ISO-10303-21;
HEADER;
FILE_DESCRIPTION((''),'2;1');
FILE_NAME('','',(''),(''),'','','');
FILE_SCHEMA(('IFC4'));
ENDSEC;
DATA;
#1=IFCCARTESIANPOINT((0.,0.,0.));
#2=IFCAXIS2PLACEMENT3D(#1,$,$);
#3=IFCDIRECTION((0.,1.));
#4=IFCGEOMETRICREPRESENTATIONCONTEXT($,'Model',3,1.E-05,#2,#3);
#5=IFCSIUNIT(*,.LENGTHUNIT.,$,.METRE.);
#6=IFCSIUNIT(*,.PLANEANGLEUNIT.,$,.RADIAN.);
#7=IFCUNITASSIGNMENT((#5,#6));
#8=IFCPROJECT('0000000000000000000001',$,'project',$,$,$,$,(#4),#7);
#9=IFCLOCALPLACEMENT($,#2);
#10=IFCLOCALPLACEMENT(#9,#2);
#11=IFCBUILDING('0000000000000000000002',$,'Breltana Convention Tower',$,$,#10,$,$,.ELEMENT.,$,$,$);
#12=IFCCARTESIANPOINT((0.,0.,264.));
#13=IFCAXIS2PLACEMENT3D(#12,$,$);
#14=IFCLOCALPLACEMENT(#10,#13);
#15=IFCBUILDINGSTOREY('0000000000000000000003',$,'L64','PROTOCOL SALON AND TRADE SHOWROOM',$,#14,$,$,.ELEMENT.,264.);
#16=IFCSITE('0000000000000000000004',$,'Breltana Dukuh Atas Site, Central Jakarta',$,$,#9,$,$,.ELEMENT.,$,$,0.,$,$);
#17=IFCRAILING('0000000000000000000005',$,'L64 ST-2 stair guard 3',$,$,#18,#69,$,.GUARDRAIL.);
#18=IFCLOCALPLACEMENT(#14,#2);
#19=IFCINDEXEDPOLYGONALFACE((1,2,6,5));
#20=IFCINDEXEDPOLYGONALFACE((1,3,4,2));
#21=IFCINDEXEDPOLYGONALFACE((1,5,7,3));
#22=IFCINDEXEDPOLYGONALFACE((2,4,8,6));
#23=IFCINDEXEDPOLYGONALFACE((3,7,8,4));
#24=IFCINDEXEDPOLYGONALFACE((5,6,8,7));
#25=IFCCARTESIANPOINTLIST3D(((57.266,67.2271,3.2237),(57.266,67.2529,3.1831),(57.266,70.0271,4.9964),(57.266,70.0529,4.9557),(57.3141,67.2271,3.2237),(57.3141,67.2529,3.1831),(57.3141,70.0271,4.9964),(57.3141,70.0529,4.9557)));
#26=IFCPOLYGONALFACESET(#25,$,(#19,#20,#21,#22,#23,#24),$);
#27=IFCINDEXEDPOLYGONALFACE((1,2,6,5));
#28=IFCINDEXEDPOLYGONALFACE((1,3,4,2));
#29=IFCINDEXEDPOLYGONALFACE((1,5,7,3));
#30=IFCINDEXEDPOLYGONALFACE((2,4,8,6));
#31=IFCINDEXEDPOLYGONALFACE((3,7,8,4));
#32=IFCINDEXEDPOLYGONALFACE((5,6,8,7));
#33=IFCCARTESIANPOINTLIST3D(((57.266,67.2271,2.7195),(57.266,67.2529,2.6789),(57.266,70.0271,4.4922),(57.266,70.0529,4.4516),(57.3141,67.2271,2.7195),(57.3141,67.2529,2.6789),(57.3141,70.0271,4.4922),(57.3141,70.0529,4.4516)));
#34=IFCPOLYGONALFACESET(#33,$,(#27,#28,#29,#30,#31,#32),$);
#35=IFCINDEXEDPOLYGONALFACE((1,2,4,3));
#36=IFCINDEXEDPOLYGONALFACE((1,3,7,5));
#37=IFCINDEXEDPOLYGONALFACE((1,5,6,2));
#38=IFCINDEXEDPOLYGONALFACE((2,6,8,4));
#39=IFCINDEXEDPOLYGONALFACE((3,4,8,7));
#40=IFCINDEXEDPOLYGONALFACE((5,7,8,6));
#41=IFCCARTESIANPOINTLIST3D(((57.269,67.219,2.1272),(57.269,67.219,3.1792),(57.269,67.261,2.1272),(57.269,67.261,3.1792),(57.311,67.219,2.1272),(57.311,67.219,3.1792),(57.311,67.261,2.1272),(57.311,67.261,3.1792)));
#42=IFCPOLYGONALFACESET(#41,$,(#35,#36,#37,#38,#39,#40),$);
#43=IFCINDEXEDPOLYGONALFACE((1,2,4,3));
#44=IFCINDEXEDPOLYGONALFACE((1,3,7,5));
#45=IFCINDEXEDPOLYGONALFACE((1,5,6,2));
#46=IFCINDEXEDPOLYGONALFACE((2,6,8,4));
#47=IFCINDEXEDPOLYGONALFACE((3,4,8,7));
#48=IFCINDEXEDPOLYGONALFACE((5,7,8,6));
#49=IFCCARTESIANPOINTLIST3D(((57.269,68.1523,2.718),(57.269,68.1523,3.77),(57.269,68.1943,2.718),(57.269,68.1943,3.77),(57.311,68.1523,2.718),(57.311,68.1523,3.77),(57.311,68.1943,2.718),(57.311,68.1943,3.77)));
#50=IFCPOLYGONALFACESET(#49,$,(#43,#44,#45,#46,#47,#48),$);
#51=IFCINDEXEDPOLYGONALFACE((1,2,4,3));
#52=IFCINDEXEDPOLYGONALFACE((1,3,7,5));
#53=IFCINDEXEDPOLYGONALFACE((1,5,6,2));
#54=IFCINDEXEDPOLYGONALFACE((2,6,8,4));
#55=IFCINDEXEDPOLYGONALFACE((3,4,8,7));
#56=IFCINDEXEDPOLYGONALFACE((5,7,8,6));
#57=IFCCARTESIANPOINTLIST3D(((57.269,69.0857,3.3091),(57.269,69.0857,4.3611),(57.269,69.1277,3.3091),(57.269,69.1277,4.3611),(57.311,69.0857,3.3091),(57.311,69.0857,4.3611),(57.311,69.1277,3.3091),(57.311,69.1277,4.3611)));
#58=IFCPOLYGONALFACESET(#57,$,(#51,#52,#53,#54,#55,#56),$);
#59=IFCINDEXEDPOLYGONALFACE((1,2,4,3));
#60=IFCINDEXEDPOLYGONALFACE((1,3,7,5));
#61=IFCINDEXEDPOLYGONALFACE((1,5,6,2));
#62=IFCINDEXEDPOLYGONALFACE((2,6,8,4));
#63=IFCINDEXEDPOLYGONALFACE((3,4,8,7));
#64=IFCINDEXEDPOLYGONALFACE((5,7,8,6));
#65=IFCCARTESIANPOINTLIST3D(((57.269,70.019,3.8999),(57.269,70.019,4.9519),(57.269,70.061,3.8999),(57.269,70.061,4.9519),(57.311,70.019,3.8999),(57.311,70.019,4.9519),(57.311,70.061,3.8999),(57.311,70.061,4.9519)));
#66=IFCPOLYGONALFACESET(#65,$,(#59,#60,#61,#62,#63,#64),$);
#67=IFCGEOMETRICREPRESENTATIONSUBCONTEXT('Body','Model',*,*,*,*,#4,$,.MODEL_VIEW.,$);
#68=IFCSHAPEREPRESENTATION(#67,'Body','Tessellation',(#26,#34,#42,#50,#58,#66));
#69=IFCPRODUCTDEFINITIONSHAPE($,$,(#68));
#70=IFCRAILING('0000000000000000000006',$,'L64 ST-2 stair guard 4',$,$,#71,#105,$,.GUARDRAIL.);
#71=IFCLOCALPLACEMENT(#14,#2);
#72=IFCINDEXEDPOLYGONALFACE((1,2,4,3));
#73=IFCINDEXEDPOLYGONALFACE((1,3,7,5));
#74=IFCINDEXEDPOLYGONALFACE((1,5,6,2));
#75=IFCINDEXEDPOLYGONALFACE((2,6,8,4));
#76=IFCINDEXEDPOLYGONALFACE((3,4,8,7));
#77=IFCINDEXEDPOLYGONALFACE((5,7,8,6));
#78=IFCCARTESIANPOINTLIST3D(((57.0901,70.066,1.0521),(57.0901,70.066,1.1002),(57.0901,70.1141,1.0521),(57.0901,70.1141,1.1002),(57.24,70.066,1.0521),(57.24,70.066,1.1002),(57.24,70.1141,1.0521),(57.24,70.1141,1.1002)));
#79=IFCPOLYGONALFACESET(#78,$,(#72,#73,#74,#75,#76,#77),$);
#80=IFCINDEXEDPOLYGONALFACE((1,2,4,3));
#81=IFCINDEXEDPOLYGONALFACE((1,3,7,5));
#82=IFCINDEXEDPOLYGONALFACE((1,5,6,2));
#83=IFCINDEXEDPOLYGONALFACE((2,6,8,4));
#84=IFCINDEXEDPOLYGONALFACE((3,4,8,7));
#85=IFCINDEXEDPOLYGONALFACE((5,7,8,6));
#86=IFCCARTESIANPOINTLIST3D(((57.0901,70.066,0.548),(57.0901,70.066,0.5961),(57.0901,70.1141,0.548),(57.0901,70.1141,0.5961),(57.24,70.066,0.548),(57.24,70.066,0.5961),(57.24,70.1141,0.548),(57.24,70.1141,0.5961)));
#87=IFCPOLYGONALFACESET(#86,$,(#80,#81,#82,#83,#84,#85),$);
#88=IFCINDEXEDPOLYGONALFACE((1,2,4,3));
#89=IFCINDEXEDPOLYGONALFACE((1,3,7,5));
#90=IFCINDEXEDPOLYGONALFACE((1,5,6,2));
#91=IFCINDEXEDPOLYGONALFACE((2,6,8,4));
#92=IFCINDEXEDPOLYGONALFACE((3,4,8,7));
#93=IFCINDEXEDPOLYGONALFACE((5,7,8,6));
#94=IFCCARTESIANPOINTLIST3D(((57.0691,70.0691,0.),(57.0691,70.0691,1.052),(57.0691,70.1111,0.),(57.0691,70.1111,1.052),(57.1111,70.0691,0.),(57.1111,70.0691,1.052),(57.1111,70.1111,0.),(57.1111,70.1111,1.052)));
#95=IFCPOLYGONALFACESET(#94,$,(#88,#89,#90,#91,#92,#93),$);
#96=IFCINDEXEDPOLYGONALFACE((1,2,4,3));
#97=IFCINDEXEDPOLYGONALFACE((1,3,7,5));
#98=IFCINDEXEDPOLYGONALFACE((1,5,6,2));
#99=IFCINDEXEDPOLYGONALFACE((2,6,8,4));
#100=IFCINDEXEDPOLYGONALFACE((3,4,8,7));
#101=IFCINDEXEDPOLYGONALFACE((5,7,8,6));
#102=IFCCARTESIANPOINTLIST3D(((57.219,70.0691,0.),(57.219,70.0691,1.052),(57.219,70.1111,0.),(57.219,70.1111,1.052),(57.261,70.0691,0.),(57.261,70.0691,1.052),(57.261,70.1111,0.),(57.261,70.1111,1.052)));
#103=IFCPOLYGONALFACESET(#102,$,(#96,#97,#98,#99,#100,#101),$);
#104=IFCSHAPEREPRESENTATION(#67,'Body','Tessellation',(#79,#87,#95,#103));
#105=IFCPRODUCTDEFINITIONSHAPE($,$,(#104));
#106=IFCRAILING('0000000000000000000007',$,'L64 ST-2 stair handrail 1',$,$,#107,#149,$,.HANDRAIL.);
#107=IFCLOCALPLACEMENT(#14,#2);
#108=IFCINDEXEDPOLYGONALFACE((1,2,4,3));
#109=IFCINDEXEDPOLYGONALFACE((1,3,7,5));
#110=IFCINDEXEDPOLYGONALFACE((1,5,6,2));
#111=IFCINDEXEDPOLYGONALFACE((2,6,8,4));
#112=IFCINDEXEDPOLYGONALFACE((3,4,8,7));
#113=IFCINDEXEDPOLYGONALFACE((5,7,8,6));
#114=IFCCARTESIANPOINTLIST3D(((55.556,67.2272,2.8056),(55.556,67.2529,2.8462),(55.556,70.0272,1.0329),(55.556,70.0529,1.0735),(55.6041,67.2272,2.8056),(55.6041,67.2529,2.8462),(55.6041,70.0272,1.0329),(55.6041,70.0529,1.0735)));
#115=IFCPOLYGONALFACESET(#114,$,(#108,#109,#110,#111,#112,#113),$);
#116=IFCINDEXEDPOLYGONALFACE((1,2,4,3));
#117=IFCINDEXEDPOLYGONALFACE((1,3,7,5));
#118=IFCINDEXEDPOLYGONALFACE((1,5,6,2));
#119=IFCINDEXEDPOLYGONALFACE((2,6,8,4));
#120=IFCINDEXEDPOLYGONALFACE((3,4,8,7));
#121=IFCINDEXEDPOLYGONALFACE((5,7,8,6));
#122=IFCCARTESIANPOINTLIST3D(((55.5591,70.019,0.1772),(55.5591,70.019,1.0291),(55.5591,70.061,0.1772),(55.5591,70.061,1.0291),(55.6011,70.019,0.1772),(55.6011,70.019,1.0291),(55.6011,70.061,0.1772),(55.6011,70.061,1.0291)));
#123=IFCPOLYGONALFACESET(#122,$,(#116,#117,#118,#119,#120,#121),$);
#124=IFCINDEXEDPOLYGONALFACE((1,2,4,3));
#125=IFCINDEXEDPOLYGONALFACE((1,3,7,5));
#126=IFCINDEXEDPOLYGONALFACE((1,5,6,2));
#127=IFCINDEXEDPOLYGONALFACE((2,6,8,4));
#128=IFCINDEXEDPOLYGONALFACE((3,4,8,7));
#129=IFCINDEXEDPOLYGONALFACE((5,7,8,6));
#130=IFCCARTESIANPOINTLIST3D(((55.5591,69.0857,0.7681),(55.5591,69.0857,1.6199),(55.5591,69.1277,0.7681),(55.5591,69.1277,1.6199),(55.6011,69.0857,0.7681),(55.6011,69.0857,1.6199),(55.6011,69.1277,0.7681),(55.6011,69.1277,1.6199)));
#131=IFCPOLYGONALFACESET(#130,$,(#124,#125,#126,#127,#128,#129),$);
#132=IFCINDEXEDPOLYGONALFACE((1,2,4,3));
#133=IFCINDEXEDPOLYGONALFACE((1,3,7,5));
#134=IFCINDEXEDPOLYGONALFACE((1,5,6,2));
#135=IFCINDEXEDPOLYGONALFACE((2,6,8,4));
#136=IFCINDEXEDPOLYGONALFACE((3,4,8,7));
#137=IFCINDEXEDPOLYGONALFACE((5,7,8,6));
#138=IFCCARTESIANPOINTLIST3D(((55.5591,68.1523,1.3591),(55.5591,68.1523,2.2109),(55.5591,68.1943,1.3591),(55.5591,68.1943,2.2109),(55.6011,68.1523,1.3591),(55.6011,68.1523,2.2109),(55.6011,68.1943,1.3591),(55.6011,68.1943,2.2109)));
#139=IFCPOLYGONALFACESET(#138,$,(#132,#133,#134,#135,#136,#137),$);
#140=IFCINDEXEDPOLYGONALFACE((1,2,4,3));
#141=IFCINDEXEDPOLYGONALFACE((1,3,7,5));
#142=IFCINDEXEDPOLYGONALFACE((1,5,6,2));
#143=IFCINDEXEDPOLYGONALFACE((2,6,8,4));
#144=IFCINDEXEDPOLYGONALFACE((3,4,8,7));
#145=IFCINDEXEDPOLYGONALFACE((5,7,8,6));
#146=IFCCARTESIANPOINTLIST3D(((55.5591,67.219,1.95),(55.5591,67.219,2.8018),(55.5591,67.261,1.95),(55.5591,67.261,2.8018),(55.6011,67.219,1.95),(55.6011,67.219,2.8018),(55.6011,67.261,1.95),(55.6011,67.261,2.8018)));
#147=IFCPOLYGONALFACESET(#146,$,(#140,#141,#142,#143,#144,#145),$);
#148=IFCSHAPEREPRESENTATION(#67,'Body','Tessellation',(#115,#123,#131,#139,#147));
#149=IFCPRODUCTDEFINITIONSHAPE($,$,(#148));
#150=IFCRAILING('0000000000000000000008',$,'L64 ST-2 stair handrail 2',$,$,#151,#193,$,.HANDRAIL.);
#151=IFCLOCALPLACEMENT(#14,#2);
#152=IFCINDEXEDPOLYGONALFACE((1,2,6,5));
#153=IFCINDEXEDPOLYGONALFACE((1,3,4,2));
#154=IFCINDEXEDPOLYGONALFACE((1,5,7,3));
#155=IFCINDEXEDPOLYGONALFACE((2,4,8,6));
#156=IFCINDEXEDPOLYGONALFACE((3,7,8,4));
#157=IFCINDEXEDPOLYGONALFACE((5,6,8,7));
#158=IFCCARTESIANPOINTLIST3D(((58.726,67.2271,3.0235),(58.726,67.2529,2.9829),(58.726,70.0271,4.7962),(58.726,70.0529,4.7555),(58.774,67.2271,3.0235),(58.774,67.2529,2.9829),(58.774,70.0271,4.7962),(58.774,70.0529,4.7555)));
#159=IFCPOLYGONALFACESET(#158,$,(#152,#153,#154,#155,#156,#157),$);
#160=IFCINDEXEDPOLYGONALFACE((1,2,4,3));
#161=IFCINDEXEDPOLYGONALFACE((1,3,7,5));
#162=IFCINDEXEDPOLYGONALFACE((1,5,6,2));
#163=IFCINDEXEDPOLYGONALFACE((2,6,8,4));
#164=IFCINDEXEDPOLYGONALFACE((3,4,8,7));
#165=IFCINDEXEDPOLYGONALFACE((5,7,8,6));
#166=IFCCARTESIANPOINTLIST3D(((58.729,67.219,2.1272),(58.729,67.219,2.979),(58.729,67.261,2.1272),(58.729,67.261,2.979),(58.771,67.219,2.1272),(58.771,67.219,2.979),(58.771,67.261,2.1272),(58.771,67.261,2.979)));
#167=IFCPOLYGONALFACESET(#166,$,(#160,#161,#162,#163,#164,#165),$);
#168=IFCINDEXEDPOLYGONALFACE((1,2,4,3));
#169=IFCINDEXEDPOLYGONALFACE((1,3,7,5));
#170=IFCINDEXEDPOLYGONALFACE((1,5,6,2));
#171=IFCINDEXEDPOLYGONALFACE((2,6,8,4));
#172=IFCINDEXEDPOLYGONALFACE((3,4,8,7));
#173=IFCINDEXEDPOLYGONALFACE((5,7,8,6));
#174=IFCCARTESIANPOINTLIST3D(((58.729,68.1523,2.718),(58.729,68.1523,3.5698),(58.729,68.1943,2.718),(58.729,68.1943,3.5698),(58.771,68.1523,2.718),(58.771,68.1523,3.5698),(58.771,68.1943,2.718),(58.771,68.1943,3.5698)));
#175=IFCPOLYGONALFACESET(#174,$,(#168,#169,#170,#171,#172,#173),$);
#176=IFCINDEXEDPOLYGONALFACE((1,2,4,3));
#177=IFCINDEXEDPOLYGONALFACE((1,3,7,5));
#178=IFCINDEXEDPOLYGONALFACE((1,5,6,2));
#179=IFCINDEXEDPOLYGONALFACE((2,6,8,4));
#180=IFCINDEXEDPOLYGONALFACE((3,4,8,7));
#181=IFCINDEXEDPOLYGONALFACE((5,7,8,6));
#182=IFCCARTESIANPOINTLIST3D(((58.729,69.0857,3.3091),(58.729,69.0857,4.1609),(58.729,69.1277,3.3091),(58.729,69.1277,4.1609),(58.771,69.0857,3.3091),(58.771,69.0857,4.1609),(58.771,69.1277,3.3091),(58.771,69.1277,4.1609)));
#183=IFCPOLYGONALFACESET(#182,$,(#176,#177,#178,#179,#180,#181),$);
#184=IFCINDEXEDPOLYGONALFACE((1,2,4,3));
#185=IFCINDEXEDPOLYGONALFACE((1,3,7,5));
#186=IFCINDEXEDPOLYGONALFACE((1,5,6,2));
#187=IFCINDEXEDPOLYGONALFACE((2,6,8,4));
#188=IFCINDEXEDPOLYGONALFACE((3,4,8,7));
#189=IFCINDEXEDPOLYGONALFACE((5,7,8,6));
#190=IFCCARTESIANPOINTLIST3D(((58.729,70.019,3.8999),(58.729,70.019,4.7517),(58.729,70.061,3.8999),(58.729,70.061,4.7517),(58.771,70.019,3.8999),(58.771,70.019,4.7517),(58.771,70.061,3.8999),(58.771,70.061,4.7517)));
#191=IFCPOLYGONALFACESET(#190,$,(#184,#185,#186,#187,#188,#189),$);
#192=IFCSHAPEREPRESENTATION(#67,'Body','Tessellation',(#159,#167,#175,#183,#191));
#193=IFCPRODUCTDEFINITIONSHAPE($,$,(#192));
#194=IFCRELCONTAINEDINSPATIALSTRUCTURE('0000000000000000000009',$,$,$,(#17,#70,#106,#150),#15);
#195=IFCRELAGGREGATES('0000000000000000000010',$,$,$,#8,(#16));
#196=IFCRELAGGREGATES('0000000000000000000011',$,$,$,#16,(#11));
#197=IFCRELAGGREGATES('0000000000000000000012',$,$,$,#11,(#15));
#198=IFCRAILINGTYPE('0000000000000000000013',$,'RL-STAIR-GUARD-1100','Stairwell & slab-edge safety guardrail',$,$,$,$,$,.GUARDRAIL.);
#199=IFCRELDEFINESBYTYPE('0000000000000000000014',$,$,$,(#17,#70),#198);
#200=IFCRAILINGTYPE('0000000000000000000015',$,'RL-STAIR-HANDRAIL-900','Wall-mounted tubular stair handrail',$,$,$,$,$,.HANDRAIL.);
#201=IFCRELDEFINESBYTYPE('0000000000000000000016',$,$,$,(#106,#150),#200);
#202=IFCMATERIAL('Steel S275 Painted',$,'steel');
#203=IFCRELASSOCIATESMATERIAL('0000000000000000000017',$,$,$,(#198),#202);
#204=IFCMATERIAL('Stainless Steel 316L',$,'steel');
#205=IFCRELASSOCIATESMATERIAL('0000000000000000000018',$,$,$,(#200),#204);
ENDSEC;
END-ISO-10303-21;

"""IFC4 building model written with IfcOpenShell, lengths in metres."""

from ifc_helpers import new_model, si_unit, direction, frame, origin, origin_2d, place, context, subcontext, project, spatial, rectangle, extrude, material, type_object, element, save


model = new_model("IFC4")

# Units and contexts
model_context = context("Model", 3, precision=1e-05, world=origin(), true_north=direction((0.0, 1.0)))
body_context = subcontext(model_context, "Body", "Model", "MODEL_VIEW")
ifc_project = project(units=[si_unit("LENGTHUNIT", "METRE"), si_unit("PLANEANGLEUNIT", "RADIAN")], contexts=[model_context])

# Site, building, storey
site_placement = place(None, origin())
site = spatial("IfcSite", under=ifc_project, at=site_placement, Name="Breltana Dukuh Atas Site, Central Jakarta", CompositionType="ELEMENT", RefElevation=0.0)
building_placement = place(site_placement, origin())
building = spatial("IfcBuilding", under=site, at=building_placement, Name="Breltana Convention Tower", CompositionType="ELEMENT")
storey_placement = place(building_placement, frame((0.0, 0.0, 264.0)))
storey = spatial("IfcBuildingStorey", under=building, at=storey_placement, Name="L64", Description="PROTOCOL SALON AND TRADE SHOWROOM", CompositionType="ELEMENT", Elevation=264.0)

# Railings
ifc_material_1 = material(Name="Steel S275 Painted", Category="steel")
railing_type_1 = type_object("IfcRailingType", Name="RL-STAIR-GUARD-1100", Description="Stairwell & slab-edge safety guardrail", PredefinedType="GUARDRAIL", material=ifc_material_1)
railing_1_placement = place(storey_placement, frame((57.29, 67.24, 2.1272)))
element("IfcRailing", 1, at=railing_1_placement, inside=storey, type_object=railing_type_1, Name="L64 ST-2 stair guard 3", PredefinedType="GUARDRAIL", context=body_context, shape_type="SweptSolid", body=[
    extrude(rectangle(XDim=0.0481, YDim=0.0481, at=origin_2d()), frame((0.0, 0.0, 1.0762), z_axis=(0.0, 0.844909, 0.53491), x_axis=(-1.0, 0.0, 0.0)), (0.0, 0.0, 1.0), 3.314),
    extrude(rectangle(XDim=0.0481, YDim=0.0481, at=origin_2d()), frame((0.0, 0.0, 0.572), z_axis=(0.0, 0.844909, 0.53491), x_axis=(-1.0, 0.0, 0.0)), (0.0, 0.0, 1.0), 3.314),
    extrude(rectangle(XDim=0.042, YDim=0.042, at=origin_2d()), origin(), (0.0, 0.0, 1.0), 1.052),
    extrude(rectangle(XDim=0.042, YDim=0.042, at=origin_2d()), frame((0.0, 0.9333, 0.5908)), (0.0, 0.0, 1.0), 1.052),
    extrude(rectangle(XDim=0.042, YDim=0.042, at=origin_2d()), frame((0.0, 1.8667, 1.1819)), (0.0, 0.0, 1.0), 1.052),
    extrude(rectangle(XDim=0.042, YDim=0.042, at=origin_2d()), frame((0.0, 2.8, 1.7727)), (0.0, 0.0, 1.0), 1.052),
])
railing_2_placement = place(storey_placement, frame((57.0901, 70.0901, 0.0)))
element("IfcRailing", 2, at=railing_2_placement, inside=storey, type_object=railing_type_1, Name="L64 ST-2 stair guard 4", PredefinedType="GUARDRAIL", context=body_context, shape_type="SweptSolid", body=[
    extrude(rectangle(XDim=0.0481, YDim=0.0481, at=origin_2d()), frame((0.0, 0.0, 1.0762), z_axis=(1.0, 0.0, 0.0), x_axis=(0.0, 1.0, 0.0)), (0.0, 0.0, 1.0), 0.1499),
    extrude(rectangle(XDim=0.0481, YDim=0.0481, at=origin_2d()), frame((0.0, 0.0, 0.572), z_axis=(1.0, 0.0, 0.0), x_axis=(0.0, 1.0, 0.0)), (0.0, 0.0, 1.0), 0.1499),
    extrude(rectangle(XDim=0.042, YDim=0.042, at=origin_2d()), origin(), (0.0, 0.0, 1.0), 1.052),
    extrude(rectangle(XDim=0.042, YDim=0.042, at=origin_2d()), frame((0.1499, 0.0, 0.0)), (0.0, 0.0, 1.0), 1.052),
])
ifc_material_2 = material(Name="Stainless Steel 316L", Category="steel")
railing_type_2 = type_object("IfcRailingType", Name="RL-STAIR-HANDRAIL-900", Description="Wall-mounted tubular stair handrail", PredefinedType="HANDRAIL", material=ifc_material_2)
railing_3_placement = place(storey_placement, frame((55.5801, 70.04, 0.1772)))
element("IfcRailing", 3, at=railing_3_placement, inside=storey, type_object=railing_type_2, Name="L64 ST-2 stair handrail 1", PredefinedType="HANDRAIL", context=body_context, shape_type="SweptSolid", body=[
    extrude(rectangle(XDim=0.0481, YDim=0.0481, at=origin_2d()), frame((0.0, 0.0, 0.876), z_axis=(0.0, -0.844909, 0.53491), x_axis=(1.0, 0.0, 0.0)), (0.0, 0.0, 1.0), 3.314),
    extrude(rectangle(XDim=0.042, YDim=0.042, at=origin_2d()), origin(), (0.0, 0.0, 1.0), 0.8518),
    extrude(rectangle(XDim=0.042, YDim=0.042, at=origin_2d()), frame((0.0, -0.9333, 0.5908)), (0.0, 0.0, 1.0), 0.8518),
    extrude(rectangle(XDim=0.042, YDim=0.042, at=origin_2d()), frame((0.0, -1.8667, 1.1819)), (0.0, 0.0, 1.0), 0.8518),
    extrude(rectangle(XDim=0.042, YDim=0.042, at=origin_2d()), frame((0.0, -2.8, 1.7727)), (0.0, 0.0, 1.0), 0.8518),
])
railing_4_placement = place(storey_placement, frame((58.75, 67.24, 2.1272)))
element("IfcRailing", 4, at=railing_4_placement, inside=storey, type_object=railing_type_2, Name="L64 ST-2 stair handrail 2", PredefinedType="HANDRAIL", context=body_context, shape_type="SweptSolid", body=[
    extrude(rectangle(XDim=0.0481, YDim=0.0481, at=origin_2d()), frame((0.0, 0.0, 0.876), z_axis=(0.0, 0.844909, 0.53491), x_axis=(-1.0, 0.0, 0.0)), (0.0, 0.0, 1.0), 3.314),
    extrude(rectangle(XDim=0.042, YDim=0.042, at=origin_2d()), origin(), (0.0, 0.0, 1.0), 0.8518),
    extrude(rectangle(XDim=0.042, YDim=0.042, at=origin_2d()), frame((0.0, 0.9333, 0.5908)), (0.0, 0.0, 1.0), 0.8518),
    extrude(rectangle(XDim=0.042, YDim=0.042, at=origin_2d()), frame((0.0, 1.8667, 1.1819)), (0.0, 0.0, 1.0), 0.8518),
    extrude(rectangle(XDim=0.042, YDim=0.042, at=origin_2d()), frame((0.0, 2.8, 1.7727)), (0.0, 0.0, 1.0), 0.8518),
])

save(model, "model.ifc")
